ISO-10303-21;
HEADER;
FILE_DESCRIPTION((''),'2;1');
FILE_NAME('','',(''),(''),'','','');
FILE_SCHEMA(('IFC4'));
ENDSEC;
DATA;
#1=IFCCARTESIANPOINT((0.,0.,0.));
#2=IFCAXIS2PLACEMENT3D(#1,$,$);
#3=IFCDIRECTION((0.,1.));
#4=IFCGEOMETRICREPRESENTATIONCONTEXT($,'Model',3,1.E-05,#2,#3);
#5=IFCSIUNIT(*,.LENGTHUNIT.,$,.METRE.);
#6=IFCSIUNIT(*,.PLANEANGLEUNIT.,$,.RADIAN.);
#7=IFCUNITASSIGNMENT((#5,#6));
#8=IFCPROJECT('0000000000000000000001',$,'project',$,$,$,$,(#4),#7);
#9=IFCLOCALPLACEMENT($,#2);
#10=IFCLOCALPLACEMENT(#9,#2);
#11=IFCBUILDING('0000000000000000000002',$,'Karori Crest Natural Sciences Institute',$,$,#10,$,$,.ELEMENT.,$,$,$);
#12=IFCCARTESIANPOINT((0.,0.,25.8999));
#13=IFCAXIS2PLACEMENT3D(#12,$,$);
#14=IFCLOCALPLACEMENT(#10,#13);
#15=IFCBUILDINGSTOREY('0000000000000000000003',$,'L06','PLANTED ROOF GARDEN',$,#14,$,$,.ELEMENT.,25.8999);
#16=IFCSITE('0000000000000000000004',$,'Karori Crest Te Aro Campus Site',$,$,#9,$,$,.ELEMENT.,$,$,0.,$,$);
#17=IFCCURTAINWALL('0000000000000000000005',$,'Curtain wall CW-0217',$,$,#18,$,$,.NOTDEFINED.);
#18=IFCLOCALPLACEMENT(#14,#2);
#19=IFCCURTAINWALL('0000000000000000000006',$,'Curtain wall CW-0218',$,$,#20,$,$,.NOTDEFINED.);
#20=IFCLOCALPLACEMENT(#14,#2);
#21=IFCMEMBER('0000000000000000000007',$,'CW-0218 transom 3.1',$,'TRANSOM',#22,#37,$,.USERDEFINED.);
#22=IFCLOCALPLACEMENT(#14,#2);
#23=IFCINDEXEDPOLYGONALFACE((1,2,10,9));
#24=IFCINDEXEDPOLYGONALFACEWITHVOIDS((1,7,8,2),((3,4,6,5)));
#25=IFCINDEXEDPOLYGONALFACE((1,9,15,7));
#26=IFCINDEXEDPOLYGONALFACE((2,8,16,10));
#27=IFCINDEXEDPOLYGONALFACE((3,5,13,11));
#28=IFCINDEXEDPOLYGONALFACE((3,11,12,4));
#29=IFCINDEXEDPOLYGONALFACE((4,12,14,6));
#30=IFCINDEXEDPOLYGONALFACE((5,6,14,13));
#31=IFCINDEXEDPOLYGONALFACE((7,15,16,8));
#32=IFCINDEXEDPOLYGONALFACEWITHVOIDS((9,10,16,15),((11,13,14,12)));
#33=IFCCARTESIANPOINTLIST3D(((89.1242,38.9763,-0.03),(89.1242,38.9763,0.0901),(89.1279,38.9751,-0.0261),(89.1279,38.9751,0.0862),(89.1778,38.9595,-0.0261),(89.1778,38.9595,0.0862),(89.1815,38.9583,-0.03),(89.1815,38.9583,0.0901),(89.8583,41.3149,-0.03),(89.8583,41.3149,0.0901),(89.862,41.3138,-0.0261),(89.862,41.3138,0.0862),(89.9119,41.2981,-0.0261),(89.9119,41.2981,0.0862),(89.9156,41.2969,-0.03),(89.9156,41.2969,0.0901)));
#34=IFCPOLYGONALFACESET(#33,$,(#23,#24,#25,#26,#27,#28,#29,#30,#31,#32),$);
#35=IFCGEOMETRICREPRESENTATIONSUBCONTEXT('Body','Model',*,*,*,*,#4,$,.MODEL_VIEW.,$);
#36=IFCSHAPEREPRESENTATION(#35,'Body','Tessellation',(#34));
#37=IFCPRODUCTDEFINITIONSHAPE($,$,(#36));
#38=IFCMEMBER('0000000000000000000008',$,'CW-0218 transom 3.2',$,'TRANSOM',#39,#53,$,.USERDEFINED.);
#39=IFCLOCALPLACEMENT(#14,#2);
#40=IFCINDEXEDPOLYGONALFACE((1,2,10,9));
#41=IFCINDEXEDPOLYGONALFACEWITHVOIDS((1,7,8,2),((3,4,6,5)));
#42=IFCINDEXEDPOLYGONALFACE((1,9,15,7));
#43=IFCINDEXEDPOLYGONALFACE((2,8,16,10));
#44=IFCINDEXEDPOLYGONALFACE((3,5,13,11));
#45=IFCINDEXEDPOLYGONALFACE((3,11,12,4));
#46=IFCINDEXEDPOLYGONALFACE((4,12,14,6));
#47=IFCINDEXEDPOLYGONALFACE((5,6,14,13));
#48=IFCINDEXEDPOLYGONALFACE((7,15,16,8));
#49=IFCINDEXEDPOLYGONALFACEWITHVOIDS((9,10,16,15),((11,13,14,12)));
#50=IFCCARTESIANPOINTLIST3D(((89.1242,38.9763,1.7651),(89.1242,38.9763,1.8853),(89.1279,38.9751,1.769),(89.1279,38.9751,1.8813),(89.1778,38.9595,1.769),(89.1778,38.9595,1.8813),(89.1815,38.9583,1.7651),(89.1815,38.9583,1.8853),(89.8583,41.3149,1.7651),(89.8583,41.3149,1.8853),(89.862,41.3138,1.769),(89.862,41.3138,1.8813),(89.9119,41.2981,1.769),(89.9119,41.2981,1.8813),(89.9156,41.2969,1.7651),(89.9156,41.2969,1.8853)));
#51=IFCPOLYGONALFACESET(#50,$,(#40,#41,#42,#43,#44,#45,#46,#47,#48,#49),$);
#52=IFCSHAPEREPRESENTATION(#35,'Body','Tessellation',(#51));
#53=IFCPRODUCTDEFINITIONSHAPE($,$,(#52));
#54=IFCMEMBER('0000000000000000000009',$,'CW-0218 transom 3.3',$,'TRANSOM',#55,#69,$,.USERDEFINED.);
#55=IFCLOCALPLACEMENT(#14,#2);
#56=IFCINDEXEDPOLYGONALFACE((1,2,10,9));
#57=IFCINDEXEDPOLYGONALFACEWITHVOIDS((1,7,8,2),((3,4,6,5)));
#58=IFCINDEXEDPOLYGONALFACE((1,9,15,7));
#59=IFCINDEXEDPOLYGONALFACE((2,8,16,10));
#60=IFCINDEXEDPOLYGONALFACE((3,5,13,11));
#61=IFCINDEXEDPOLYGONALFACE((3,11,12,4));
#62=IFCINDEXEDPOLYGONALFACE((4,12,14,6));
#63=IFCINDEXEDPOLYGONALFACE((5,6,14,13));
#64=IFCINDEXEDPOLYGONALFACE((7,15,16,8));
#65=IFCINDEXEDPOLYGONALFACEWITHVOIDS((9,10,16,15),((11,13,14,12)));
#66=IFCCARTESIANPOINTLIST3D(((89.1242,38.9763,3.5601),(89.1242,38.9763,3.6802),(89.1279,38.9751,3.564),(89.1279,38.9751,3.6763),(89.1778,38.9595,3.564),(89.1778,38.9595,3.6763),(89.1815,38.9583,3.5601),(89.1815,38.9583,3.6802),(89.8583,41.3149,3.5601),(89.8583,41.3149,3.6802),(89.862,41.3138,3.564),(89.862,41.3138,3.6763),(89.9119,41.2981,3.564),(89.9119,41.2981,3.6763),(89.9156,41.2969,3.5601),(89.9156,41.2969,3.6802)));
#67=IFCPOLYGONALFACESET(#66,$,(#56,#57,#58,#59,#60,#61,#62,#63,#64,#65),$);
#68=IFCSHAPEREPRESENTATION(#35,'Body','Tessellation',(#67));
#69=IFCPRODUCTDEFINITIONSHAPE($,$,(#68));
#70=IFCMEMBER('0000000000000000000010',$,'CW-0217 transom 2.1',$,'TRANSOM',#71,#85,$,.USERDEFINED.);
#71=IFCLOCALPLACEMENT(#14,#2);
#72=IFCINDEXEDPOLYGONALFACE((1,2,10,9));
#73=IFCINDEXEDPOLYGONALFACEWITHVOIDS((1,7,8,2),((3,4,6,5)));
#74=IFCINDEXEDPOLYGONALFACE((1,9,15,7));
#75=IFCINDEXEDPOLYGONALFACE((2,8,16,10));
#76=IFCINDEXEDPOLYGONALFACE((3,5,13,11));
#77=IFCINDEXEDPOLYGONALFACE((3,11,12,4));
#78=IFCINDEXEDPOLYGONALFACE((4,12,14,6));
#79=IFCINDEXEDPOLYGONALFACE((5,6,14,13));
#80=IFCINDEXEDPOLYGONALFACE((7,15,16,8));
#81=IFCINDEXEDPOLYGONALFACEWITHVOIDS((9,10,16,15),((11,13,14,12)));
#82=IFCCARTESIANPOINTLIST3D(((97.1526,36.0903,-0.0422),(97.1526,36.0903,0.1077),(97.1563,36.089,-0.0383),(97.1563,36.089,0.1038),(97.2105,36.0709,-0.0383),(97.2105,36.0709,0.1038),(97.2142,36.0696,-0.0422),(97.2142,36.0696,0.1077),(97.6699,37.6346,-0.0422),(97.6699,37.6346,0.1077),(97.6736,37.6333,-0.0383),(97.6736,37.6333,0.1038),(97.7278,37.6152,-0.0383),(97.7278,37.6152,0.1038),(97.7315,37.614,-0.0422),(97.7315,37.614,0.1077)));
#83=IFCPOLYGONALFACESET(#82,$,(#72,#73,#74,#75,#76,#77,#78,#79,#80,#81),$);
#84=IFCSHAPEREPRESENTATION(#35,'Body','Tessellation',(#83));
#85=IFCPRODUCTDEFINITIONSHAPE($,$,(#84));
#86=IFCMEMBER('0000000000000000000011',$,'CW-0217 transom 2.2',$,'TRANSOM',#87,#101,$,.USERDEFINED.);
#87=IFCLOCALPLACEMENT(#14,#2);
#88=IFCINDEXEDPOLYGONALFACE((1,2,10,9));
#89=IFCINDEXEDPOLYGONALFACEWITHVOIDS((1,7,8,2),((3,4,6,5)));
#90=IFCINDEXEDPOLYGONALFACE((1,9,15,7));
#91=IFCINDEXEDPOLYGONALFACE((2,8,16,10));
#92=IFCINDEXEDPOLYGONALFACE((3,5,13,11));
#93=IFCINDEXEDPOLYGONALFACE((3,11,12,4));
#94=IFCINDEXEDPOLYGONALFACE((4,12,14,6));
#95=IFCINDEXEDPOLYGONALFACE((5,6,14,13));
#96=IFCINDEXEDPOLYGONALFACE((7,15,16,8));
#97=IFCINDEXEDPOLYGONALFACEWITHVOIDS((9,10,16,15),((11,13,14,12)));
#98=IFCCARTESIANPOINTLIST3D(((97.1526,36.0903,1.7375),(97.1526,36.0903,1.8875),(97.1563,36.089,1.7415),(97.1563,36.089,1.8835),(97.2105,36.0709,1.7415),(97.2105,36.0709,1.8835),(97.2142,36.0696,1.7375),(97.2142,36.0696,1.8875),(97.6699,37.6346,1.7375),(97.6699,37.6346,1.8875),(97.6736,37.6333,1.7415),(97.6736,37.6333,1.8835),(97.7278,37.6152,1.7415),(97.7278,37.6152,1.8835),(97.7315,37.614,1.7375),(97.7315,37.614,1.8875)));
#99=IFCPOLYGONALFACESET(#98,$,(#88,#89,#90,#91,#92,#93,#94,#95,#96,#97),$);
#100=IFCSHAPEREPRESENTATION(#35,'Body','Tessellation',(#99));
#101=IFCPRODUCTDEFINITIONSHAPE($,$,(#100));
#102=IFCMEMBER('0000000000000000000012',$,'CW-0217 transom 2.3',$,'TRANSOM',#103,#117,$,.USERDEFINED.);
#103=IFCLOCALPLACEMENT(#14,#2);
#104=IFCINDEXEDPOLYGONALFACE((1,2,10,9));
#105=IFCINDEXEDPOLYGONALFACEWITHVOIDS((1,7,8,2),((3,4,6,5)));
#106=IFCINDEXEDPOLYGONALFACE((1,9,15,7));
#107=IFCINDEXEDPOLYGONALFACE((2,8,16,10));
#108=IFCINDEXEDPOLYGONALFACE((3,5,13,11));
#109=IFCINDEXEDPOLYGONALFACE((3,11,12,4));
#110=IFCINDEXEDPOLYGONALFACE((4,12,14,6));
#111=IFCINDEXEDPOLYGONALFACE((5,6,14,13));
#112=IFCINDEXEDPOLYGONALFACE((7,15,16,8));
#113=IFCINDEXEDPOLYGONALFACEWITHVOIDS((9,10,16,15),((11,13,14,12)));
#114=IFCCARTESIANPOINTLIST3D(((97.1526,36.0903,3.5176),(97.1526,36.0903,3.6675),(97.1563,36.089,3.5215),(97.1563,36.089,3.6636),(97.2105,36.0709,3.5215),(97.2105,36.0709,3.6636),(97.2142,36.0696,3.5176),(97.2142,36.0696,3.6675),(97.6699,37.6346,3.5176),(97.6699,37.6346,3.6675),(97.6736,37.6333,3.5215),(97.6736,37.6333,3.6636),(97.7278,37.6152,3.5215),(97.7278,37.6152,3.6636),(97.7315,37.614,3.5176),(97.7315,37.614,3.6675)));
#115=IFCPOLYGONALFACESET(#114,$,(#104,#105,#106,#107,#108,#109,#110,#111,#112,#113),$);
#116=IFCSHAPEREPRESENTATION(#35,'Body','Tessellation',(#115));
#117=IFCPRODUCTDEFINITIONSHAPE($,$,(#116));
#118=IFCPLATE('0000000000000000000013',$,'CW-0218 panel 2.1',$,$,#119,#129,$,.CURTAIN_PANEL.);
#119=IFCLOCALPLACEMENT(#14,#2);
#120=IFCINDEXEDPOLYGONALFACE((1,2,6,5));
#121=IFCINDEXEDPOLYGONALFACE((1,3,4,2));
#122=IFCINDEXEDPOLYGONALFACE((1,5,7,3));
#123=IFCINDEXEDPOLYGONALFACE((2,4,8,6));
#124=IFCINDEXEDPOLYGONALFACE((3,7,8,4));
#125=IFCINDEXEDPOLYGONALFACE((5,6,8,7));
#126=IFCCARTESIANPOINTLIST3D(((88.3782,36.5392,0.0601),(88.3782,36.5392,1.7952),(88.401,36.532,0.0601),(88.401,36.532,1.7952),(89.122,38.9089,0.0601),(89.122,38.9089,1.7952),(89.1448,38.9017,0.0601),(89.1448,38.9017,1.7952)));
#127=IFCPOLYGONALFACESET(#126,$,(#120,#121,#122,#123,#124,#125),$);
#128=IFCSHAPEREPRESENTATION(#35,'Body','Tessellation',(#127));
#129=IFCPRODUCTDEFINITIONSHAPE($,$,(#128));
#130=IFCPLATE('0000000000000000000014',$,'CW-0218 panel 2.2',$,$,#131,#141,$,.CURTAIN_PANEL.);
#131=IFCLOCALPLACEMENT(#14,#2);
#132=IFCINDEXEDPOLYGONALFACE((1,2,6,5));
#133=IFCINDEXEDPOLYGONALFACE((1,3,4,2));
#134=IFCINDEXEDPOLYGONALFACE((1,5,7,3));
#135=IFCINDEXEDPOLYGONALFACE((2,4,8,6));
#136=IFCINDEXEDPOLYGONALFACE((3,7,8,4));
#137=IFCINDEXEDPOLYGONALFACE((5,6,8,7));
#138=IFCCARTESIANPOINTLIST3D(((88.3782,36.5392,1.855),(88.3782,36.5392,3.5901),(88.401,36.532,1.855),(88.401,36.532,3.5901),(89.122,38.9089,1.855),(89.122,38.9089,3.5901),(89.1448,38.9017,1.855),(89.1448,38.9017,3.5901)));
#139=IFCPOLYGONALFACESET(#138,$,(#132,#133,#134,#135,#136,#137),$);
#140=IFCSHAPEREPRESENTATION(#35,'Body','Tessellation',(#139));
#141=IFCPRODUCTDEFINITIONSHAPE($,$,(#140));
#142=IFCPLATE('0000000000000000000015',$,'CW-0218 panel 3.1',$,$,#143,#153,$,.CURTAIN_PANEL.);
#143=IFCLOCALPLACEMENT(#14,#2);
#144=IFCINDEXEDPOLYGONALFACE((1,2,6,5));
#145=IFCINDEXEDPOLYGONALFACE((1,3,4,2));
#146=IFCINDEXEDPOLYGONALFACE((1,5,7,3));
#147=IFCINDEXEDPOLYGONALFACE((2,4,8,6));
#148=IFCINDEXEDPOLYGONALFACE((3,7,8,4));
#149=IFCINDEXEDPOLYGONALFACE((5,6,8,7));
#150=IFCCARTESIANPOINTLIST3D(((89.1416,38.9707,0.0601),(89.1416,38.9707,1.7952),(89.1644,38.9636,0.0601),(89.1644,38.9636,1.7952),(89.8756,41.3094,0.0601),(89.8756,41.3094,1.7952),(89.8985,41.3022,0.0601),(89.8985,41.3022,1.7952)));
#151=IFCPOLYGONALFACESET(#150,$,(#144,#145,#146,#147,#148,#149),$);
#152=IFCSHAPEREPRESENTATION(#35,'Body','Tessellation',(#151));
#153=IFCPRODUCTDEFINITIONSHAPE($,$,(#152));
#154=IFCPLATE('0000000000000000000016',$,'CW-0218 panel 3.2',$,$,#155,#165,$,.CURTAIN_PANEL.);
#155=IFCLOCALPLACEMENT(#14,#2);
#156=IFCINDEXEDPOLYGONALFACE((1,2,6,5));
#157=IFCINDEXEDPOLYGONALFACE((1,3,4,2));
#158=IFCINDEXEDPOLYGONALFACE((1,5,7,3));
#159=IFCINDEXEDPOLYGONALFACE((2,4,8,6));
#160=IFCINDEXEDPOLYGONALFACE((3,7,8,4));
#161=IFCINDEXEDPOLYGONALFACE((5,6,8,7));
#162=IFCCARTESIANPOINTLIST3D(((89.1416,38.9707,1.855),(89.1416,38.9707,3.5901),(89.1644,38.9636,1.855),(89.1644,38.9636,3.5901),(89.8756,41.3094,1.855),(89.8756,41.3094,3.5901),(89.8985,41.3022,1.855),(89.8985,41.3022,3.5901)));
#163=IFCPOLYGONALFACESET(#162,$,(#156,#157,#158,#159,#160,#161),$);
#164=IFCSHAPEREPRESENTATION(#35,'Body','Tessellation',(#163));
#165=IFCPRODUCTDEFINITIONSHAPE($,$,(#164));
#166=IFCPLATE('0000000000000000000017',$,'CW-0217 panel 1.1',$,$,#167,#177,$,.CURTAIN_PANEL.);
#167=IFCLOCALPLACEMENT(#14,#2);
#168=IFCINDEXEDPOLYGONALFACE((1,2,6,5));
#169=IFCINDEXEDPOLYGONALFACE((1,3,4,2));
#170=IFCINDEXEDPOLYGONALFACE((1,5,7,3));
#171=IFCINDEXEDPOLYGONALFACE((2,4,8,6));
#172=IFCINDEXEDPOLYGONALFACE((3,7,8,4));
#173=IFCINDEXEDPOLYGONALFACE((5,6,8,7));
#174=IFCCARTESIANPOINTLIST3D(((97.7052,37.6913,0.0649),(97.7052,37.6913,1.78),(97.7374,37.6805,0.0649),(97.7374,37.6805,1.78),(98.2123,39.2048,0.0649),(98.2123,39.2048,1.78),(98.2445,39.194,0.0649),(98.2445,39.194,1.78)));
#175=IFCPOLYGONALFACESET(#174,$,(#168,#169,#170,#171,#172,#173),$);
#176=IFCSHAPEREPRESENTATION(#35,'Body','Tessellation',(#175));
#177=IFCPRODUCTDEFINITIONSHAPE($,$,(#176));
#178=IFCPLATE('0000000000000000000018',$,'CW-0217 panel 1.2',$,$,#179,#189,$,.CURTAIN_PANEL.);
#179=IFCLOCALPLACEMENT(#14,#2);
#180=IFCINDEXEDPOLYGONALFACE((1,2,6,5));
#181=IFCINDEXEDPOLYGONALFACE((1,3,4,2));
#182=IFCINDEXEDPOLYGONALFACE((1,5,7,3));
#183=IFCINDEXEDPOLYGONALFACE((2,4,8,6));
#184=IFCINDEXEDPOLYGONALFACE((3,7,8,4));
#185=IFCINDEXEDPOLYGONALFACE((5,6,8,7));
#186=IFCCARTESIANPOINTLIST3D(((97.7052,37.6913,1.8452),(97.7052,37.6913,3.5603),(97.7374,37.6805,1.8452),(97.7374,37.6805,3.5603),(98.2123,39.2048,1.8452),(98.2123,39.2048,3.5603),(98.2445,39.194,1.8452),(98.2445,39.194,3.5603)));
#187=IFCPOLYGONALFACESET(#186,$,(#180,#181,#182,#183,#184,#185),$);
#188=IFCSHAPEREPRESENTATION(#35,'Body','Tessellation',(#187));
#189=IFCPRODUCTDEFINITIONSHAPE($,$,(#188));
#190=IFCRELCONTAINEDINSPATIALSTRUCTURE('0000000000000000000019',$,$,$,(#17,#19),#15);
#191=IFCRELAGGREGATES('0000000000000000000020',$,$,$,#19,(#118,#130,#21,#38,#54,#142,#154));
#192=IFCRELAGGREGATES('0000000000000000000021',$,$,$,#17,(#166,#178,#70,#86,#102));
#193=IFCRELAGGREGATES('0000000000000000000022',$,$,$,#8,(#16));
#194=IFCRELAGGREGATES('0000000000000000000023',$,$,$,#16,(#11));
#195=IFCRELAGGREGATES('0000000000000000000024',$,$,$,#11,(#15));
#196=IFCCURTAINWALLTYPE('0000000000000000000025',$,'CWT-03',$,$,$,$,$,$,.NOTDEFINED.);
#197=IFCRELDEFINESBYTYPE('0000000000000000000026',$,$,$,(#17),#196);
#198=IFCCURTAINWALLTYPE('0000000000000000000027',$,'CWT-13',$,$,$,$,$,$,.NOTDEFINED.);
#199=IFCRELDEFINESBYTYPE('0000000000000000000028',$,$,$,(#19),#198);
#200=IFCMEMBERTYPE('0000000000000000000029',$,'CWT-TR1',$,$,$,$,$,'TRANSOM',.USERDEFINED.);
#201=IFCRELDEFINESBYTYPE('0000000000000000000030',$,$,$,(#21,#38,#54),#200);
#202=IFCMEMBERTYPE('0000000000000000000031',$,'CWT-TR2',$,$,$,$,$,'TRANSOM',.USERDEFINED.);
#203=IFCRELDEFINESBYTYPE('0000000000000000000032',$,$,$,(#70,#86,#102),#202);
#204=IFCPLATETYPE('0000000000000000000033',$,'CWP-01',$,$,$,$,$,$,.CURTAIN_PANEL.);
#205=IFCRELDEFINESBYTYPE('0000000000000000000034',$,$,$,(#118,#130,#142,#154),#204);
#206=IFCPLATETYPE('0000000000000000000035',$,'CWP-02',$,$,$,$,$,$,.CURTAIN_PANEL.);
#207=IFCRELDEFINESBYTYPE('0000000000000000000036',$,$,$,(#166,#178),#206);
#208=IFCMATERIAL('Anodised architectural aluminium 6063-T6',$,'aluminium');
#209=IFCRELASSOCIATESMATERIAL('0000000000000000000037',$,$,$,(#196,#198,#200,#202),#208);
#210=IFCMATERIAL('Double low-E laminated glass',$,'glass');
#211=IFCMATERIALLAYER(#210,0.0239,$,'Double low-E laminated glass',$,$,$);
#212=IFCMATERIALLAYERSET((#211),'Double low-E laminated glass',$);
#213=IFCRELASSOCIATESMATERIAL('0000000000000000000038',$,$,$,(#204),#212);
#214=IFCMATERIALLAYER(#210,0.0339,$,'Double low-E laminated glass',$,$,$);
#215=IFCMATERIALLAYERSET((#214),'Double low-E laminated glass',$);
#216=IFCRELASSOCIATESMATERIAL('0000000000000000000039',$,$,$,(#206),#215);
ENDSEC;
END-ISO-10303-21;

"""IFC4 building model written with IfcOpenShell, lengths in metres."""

from ifc_helpers import new_model, si_unit, direction, frame, origin, origin_2d, place, context, subcontext, project, spatial, rectangle, hollow_rectangle, extrude, material, layer, layer_set, material_profile, profile_set, type_object, element, aggregate, save


model = new_model("IFC4")

# Units and contexts
model_context = context("Model", 3, precision=1e-05, world=origin(), true_north=direction((0.0, 1.0)))
body_context = subcontext(model_context, "Body", "Model", "MODEL_VIEW")
ifc_project = project(units=[si_unit("LENGTHUNIT", "METRE"), si_unit("PLANEANGLEUNIT", "RADIAN")], contexts=[model_context])

# Site, building, storey
site_placement = place(None, origin())
site = spatial("IfcSite", under=ifc_project, at=site_placement, Name="Karori Crest Te Aro Campus Site", CompositionType="ELEMENT", RefElevation=0.0)
building_placement = place(site_placement, origin())
building = spatial("IfcBuilding", under=site, at=building_placement, Name="Karori Crest Natural Sciences Institute", CompositionType="ELEMENT")
storey_placement = place(building_placement, frame((0.0, 0.0, 25.8999)))
storey = spatial("IfcBuildingStorey", under=building, at=storey_placement, Name="L06", Description="PLANTED ROOF GARDEN", CompositionType="ELEMENT", Elevation=25.8999)

# Curtain wall
ifc_material_1 = material(Name="Anodised architectural aluminium 6063-T6", Category="aluminium")
curtain_wall_type_1 = type_object("IfcCurtainWallType", Name="CWT-03", PredefinedType="NOTDEFINED", material=ifc_material_1)
curtain_wall_1_placement = place(storey_placement, origin())
curtain_wall_1 = element("IfcCurtainWall", 1, at=curtain_wall_1_placement, inside=storey, type_object=curtain_wall_type_1, Name="Curtain wall CW-0217", PredefinedType="NOTDEFINED")

# Curtain wall, members
curtain_wall_type_2 = type_object("IfcCurtainWallType", Name="CWT-13", PredefinedType="NOTDEFINED", material=ifc_material_1)
curtain_wall_2_placement = place(storey_placement, origin())
curtain_wall_2 = element("IfcCurtainWall", 2, at=curtain_wall_2_placement, inside=storey, type_object=curtain_wall_type_2, Name="Curtain wall CW-0218", PredefinedType="NOTDEFINED")
ifc_material_profile_1 = material_profile(ifc_material_1, hollow_rectangle(XDim=0.0601, YDim=0.1201, WallThickness=0.0039, at=origin_2d()), Name="CWT120x60x4")
ifc_profile_set_1 = profile_set([ifc_material_profile_1], Name="Anodised architectural aluminium 6063-T6")
member_type_1 = type_object("IfcMemberType", Name="CWT-TR1", ElementType="TRANSOM", PredefinedType="USERDEFINED", material=ifc_profile_set_1)
member_1_placement = place(storey_placement, frame((89.1528, 38.9673, 0.03), z_axis=(0.299505, 0.954095, 0.0), x_axis=(-0.954095, 0.299505, 0.0)))
member_1 = element("IfcMember", 3, at=member_1_placement, type_object=member_type_1, Name="CW-0218 transom 3.1", ObjectType="TRANSOM", PredefinedType="USERDEFINED", context=body_context, shape_type="SweptSolid", body=[
    extrude(hollow_rectangle(XDim=0.0601, YDim=0.1201, WallThickness=0.0039, at=origin_2d()), origin(), (0.0, 0.0, 1.0), 2.4512),
])
member_2_placement = place(storey_placement, frame((89.1528, 38.9673, 1.8252), z_axis=(0.299505, 0.954095, 0.0), x_axis=(-0.954095, 0.299505, 0.0)))
member_2 = element("IfcMember", 4, at=member_2_placement, type_object=member_type_1, Name="CW-0218 transom 3.2", ObjectType="TRANSOM", PredefinedType="USERDEFINED", context=body_context, shape_type="SweptSolid", body=[
    extrude(hollow_rectangle(XDim=0.0601, YDim=0.1201, WallThickness=0.0039, at=origin_2d()), origin(), (0.0, 0.0, 1.0), 2.4512),
])
member_3_placement = place(storey_placement, frame((89.1528, 38.9673, 3.6201), z_axis=(0.299505, 0.954095, 0.0), x_axis=(-0.954095, 0.299505, 0.0)))
member_3 = element("IfcMember", 5, at=member_3_placement, type_object=member_type_1, Name="CW-0218 transom 3.3", ObjectType="TRANSOM", PredefinedType="USERDEFINED", context=body_context, shape_type="SweptSolid", body=[
    extrude(hollow_rectangle(XDim=0.0601, YDim=0.1201, WallThickness=0.0039, at=origin_2d()), origin(), (0.0, 0.0, 1.0), 2.4512),
])

# Members
ifc_material_profile_2 = material_profile(ifc_material_1, hollow_rectangle(XDim=0.0649, YDim=0.1499, WallThickness=0.0039, at=origin_2d()), Name="CWT150x65x4")
ifc_profile_set_2 = profile_set([ifc_material_profile_2], Name="Anodised architectural aluminium 6063-T6")
member_type_2 = type_object("IfcMemberType", Name="CWT-TR2", ElementType="TRANSOM", PredefinedType="USERDEFINED", material=ifc_profile_set_2)
member_4_placement = place(storey_placement, frame((97.7007, 37.6243, 0.0327), z_axis=(-0.317621, -0.948218, 0.0), x_axis=(0.948218, -0.317621, 0.0)))
member_4 = element("IfcMember", 6, at=member_4_placement, type_object=member_type_2, Name="CW-0217 transom 2.1", ObjectType="TRANSOM", PredefinedType="USERDEFINED", context=body_context, shape_type="SweptSolid", body=[
    extrude(hollow_rectangle(XDim=0.0649, YDim=0.1499, WallThickness=0.0039, at=origin_2d()), origin(), (0.0, 0.0, 1.0), 1.6287),
])
member_5_placement = place(storey_placement, frame((97.7007, 37.6243, 1.8125), z_axis=(-0.317621, -0.948218, 0.0), x_axis=(0.948218, -0.317621, 0.0)))
member_5 = element("IfcMember", 7, at=member_5_placement, type_object=member_type_2, Name="CW-0217 transom 2.2", ObjectType="TRANSOM", PredefinedType="USERDEFINED", context=body_context, shape_type="SweptSolid", body=[
    extrude(hollow_rectangle(XDim=0.0649, YDim=0.1499, WallThickness=0.0039, at=origin_2d()), origin(), (0.0, 0.0, 1.0), 1.6287),
])
member_6_placement = place(storey_placement, frame((97.7007, 37.6243, 3.5925), z_axis=(-0.317621, -0.948218, 0.0), x_axis=(0.948218, -0.317621, 0.0)))
member_6 = element("IfcMember", 8, at=member_6_placement, type_object=member_type_2, Name="CW-0217 transom 2.3", ObjectType="TRANSOM", PredefinedType="USERDEFINED", context=body_context, shape_type="SweptSolid", body=[
    extrude(hollow_rectangle(XDim=0.0649, YDim=0.1499, WallThickness=0.0039, at=origin_2d()), origin(), (0.0, 0.0, 1.0), 1.6287),
])

# Plates
ifc_material_2 = material(Name="Double low-E laminated glass", Category="glass")
ifc_layer_1 = layer(ifc_material_2, 0.0239, Name="Double low-E laminated glass")
ifc_layer_set_1 = layer_set([ifc_layer_1], Name="Double low-E laminated glass")
plate_type_1 = type_object("IfcPlateType", Name="CWP-01", PredefinedType="CURTAIN_PANEL", material=ifc_layer_set_1)
plate_1_placement = place(storey_placement, frame((88.7615, 37.7205, 0.0601), z_axis=(0.0, 0.0, 1.0), x_axis=(0.299475, 0.954104, 0.0)))
plate_1 = element("IfcPlate", 9, at=plate_1_placement, type_object=plate_type_1, Name="CW-0218 panel 2.1", PredefinedType="CURTAIN_PANEL", context=body_context, shape_type="SweptSolid", body=[
    extrude(rectangle(XDim=2.4836, YDim=0.0239, at=origin_2d()), origin(), (0.0, 0.0, 1.0), 1.7351),
])
plate_2_placement = place(storey_placement, frame((88.7615, 37.7205, 1.855), z_axis=(0.0, 0.0, 1.0), x_axis=(0.299475, 0.954104, 0.0)))
plate_2 = element("IfcPlate", 10, at=plate_2_placement, type_object=plate_type_1, Name="CW-0218 panel 2.2", PredefinedType="CURTAIN_PANEL", context=body_context, shape_type="SweptSolid", body=[
    extrude(rectangle(XDim=2.4836, YDim=0.0239, at=origin_2d()), origin(), (0.0, 0.0, 1.0), 1.7351),
])
plate_3_placement = place(storey_placement, frame((89.52, 40.1365, 0.0601), z_axis=(0.0, 0.0, 1.0), x_axis=(0.299475, 0.954104, 0.0)))
plate_3 = element("IfcPlate", 11, at=plate_3_placement, type_object=plate_type_1, Name="CW-0218 panel 3.1", PredefinedType="CURTAIN_PANEL", context=body_context, shape_type="SweptSolid", body=[
    extrude(rectangle(XDim=2.4512, YDim=0.0239, at=origin_2d()), origin(), (0.0, 0.0, 1.0), 1.7351),
])
plate_4_placement = place(storey_placement, frame((89.52, 40.1365, 1.855), z_axis=(0.0, 0.0, 1.0), x_axis=(0.299475, 0.954104, 0.0)))
plate_4 = element("IfcPlate", 12, at=plate_4_placement, type_object=plate_type_1, Name="CW-0218 panel 3.2", PredefinedType="CURTAIN_PANEL", context=body_context, shape_type="SweptSolid", body=[
    extrude(rectangle(XDim=2.4512, YDim=0.0239, at=origin_2d()), origin(), (0.0, 0.0, 1.0), 1.7351),
])
aggregate(curtain_wall_2, [plate_1, plate_2, member_1, member_2, member_3, plate_3, plate_4])
ifc_layer_2 = layer(ifc_material_2, 0.0339, Name="Double low-E laminated glass")
ifc_layer_set_2 = layer_set([ifc_layer_2], Name="Double low-E laminated glass")
plate_type_2 = type_object("IfcPlateType", Name="CWP-02", PredefinedType="CURTAIN_PANEL", material=ifc_layer_set_2)
plate_5_placement = place(storey_placement, frame((97.9749, 38.4426, 0.0649), z_axis=(0.0, 0.0, 1.0), x_axis=(-0.31768, -0.948198, 0.0)))
plate_5 = element("IfcPlate", 13, at=plate_5_placement, type_object=plate_type_2, Name="CW-0217 panel 1.1", PredefinedType="CURTAIN_PANEL", context=body_context, shape_type="SweptSolid", body=[
    extrude(rectangle(XDim=1.5962, YDim=0.0339, at=origin_2d()), origin(), (0.0, 0.0, 1.0), 1.7151),
])
plate_6_placement = place(storey_placement, frame((97.9749, 38.4426, 1.8452), z_axis=(0.0, 0.0, 1.0), x_axis=(-0.31768, -0.948198, 0.0)))
plate_6 = element("IfcPlate", 14, at=plate_6_placement, type_object=plate_type_2, Name="CW-0217 panel 1.2", PredefinedType="CURTAIN_PANEL", context=body_context, shape_type="SweptSolid", body=[
    extrude(rectangle(XDim=1.5962, YDim=0.0339, at=origin_2d()), origin(), (0.0, 0.0, 1.0), 1.7151),
])
aggregate(curtain_wall_1, [plate_5, plate_6, member_4, member_5, member_6])

save(model, "model.ifc")
